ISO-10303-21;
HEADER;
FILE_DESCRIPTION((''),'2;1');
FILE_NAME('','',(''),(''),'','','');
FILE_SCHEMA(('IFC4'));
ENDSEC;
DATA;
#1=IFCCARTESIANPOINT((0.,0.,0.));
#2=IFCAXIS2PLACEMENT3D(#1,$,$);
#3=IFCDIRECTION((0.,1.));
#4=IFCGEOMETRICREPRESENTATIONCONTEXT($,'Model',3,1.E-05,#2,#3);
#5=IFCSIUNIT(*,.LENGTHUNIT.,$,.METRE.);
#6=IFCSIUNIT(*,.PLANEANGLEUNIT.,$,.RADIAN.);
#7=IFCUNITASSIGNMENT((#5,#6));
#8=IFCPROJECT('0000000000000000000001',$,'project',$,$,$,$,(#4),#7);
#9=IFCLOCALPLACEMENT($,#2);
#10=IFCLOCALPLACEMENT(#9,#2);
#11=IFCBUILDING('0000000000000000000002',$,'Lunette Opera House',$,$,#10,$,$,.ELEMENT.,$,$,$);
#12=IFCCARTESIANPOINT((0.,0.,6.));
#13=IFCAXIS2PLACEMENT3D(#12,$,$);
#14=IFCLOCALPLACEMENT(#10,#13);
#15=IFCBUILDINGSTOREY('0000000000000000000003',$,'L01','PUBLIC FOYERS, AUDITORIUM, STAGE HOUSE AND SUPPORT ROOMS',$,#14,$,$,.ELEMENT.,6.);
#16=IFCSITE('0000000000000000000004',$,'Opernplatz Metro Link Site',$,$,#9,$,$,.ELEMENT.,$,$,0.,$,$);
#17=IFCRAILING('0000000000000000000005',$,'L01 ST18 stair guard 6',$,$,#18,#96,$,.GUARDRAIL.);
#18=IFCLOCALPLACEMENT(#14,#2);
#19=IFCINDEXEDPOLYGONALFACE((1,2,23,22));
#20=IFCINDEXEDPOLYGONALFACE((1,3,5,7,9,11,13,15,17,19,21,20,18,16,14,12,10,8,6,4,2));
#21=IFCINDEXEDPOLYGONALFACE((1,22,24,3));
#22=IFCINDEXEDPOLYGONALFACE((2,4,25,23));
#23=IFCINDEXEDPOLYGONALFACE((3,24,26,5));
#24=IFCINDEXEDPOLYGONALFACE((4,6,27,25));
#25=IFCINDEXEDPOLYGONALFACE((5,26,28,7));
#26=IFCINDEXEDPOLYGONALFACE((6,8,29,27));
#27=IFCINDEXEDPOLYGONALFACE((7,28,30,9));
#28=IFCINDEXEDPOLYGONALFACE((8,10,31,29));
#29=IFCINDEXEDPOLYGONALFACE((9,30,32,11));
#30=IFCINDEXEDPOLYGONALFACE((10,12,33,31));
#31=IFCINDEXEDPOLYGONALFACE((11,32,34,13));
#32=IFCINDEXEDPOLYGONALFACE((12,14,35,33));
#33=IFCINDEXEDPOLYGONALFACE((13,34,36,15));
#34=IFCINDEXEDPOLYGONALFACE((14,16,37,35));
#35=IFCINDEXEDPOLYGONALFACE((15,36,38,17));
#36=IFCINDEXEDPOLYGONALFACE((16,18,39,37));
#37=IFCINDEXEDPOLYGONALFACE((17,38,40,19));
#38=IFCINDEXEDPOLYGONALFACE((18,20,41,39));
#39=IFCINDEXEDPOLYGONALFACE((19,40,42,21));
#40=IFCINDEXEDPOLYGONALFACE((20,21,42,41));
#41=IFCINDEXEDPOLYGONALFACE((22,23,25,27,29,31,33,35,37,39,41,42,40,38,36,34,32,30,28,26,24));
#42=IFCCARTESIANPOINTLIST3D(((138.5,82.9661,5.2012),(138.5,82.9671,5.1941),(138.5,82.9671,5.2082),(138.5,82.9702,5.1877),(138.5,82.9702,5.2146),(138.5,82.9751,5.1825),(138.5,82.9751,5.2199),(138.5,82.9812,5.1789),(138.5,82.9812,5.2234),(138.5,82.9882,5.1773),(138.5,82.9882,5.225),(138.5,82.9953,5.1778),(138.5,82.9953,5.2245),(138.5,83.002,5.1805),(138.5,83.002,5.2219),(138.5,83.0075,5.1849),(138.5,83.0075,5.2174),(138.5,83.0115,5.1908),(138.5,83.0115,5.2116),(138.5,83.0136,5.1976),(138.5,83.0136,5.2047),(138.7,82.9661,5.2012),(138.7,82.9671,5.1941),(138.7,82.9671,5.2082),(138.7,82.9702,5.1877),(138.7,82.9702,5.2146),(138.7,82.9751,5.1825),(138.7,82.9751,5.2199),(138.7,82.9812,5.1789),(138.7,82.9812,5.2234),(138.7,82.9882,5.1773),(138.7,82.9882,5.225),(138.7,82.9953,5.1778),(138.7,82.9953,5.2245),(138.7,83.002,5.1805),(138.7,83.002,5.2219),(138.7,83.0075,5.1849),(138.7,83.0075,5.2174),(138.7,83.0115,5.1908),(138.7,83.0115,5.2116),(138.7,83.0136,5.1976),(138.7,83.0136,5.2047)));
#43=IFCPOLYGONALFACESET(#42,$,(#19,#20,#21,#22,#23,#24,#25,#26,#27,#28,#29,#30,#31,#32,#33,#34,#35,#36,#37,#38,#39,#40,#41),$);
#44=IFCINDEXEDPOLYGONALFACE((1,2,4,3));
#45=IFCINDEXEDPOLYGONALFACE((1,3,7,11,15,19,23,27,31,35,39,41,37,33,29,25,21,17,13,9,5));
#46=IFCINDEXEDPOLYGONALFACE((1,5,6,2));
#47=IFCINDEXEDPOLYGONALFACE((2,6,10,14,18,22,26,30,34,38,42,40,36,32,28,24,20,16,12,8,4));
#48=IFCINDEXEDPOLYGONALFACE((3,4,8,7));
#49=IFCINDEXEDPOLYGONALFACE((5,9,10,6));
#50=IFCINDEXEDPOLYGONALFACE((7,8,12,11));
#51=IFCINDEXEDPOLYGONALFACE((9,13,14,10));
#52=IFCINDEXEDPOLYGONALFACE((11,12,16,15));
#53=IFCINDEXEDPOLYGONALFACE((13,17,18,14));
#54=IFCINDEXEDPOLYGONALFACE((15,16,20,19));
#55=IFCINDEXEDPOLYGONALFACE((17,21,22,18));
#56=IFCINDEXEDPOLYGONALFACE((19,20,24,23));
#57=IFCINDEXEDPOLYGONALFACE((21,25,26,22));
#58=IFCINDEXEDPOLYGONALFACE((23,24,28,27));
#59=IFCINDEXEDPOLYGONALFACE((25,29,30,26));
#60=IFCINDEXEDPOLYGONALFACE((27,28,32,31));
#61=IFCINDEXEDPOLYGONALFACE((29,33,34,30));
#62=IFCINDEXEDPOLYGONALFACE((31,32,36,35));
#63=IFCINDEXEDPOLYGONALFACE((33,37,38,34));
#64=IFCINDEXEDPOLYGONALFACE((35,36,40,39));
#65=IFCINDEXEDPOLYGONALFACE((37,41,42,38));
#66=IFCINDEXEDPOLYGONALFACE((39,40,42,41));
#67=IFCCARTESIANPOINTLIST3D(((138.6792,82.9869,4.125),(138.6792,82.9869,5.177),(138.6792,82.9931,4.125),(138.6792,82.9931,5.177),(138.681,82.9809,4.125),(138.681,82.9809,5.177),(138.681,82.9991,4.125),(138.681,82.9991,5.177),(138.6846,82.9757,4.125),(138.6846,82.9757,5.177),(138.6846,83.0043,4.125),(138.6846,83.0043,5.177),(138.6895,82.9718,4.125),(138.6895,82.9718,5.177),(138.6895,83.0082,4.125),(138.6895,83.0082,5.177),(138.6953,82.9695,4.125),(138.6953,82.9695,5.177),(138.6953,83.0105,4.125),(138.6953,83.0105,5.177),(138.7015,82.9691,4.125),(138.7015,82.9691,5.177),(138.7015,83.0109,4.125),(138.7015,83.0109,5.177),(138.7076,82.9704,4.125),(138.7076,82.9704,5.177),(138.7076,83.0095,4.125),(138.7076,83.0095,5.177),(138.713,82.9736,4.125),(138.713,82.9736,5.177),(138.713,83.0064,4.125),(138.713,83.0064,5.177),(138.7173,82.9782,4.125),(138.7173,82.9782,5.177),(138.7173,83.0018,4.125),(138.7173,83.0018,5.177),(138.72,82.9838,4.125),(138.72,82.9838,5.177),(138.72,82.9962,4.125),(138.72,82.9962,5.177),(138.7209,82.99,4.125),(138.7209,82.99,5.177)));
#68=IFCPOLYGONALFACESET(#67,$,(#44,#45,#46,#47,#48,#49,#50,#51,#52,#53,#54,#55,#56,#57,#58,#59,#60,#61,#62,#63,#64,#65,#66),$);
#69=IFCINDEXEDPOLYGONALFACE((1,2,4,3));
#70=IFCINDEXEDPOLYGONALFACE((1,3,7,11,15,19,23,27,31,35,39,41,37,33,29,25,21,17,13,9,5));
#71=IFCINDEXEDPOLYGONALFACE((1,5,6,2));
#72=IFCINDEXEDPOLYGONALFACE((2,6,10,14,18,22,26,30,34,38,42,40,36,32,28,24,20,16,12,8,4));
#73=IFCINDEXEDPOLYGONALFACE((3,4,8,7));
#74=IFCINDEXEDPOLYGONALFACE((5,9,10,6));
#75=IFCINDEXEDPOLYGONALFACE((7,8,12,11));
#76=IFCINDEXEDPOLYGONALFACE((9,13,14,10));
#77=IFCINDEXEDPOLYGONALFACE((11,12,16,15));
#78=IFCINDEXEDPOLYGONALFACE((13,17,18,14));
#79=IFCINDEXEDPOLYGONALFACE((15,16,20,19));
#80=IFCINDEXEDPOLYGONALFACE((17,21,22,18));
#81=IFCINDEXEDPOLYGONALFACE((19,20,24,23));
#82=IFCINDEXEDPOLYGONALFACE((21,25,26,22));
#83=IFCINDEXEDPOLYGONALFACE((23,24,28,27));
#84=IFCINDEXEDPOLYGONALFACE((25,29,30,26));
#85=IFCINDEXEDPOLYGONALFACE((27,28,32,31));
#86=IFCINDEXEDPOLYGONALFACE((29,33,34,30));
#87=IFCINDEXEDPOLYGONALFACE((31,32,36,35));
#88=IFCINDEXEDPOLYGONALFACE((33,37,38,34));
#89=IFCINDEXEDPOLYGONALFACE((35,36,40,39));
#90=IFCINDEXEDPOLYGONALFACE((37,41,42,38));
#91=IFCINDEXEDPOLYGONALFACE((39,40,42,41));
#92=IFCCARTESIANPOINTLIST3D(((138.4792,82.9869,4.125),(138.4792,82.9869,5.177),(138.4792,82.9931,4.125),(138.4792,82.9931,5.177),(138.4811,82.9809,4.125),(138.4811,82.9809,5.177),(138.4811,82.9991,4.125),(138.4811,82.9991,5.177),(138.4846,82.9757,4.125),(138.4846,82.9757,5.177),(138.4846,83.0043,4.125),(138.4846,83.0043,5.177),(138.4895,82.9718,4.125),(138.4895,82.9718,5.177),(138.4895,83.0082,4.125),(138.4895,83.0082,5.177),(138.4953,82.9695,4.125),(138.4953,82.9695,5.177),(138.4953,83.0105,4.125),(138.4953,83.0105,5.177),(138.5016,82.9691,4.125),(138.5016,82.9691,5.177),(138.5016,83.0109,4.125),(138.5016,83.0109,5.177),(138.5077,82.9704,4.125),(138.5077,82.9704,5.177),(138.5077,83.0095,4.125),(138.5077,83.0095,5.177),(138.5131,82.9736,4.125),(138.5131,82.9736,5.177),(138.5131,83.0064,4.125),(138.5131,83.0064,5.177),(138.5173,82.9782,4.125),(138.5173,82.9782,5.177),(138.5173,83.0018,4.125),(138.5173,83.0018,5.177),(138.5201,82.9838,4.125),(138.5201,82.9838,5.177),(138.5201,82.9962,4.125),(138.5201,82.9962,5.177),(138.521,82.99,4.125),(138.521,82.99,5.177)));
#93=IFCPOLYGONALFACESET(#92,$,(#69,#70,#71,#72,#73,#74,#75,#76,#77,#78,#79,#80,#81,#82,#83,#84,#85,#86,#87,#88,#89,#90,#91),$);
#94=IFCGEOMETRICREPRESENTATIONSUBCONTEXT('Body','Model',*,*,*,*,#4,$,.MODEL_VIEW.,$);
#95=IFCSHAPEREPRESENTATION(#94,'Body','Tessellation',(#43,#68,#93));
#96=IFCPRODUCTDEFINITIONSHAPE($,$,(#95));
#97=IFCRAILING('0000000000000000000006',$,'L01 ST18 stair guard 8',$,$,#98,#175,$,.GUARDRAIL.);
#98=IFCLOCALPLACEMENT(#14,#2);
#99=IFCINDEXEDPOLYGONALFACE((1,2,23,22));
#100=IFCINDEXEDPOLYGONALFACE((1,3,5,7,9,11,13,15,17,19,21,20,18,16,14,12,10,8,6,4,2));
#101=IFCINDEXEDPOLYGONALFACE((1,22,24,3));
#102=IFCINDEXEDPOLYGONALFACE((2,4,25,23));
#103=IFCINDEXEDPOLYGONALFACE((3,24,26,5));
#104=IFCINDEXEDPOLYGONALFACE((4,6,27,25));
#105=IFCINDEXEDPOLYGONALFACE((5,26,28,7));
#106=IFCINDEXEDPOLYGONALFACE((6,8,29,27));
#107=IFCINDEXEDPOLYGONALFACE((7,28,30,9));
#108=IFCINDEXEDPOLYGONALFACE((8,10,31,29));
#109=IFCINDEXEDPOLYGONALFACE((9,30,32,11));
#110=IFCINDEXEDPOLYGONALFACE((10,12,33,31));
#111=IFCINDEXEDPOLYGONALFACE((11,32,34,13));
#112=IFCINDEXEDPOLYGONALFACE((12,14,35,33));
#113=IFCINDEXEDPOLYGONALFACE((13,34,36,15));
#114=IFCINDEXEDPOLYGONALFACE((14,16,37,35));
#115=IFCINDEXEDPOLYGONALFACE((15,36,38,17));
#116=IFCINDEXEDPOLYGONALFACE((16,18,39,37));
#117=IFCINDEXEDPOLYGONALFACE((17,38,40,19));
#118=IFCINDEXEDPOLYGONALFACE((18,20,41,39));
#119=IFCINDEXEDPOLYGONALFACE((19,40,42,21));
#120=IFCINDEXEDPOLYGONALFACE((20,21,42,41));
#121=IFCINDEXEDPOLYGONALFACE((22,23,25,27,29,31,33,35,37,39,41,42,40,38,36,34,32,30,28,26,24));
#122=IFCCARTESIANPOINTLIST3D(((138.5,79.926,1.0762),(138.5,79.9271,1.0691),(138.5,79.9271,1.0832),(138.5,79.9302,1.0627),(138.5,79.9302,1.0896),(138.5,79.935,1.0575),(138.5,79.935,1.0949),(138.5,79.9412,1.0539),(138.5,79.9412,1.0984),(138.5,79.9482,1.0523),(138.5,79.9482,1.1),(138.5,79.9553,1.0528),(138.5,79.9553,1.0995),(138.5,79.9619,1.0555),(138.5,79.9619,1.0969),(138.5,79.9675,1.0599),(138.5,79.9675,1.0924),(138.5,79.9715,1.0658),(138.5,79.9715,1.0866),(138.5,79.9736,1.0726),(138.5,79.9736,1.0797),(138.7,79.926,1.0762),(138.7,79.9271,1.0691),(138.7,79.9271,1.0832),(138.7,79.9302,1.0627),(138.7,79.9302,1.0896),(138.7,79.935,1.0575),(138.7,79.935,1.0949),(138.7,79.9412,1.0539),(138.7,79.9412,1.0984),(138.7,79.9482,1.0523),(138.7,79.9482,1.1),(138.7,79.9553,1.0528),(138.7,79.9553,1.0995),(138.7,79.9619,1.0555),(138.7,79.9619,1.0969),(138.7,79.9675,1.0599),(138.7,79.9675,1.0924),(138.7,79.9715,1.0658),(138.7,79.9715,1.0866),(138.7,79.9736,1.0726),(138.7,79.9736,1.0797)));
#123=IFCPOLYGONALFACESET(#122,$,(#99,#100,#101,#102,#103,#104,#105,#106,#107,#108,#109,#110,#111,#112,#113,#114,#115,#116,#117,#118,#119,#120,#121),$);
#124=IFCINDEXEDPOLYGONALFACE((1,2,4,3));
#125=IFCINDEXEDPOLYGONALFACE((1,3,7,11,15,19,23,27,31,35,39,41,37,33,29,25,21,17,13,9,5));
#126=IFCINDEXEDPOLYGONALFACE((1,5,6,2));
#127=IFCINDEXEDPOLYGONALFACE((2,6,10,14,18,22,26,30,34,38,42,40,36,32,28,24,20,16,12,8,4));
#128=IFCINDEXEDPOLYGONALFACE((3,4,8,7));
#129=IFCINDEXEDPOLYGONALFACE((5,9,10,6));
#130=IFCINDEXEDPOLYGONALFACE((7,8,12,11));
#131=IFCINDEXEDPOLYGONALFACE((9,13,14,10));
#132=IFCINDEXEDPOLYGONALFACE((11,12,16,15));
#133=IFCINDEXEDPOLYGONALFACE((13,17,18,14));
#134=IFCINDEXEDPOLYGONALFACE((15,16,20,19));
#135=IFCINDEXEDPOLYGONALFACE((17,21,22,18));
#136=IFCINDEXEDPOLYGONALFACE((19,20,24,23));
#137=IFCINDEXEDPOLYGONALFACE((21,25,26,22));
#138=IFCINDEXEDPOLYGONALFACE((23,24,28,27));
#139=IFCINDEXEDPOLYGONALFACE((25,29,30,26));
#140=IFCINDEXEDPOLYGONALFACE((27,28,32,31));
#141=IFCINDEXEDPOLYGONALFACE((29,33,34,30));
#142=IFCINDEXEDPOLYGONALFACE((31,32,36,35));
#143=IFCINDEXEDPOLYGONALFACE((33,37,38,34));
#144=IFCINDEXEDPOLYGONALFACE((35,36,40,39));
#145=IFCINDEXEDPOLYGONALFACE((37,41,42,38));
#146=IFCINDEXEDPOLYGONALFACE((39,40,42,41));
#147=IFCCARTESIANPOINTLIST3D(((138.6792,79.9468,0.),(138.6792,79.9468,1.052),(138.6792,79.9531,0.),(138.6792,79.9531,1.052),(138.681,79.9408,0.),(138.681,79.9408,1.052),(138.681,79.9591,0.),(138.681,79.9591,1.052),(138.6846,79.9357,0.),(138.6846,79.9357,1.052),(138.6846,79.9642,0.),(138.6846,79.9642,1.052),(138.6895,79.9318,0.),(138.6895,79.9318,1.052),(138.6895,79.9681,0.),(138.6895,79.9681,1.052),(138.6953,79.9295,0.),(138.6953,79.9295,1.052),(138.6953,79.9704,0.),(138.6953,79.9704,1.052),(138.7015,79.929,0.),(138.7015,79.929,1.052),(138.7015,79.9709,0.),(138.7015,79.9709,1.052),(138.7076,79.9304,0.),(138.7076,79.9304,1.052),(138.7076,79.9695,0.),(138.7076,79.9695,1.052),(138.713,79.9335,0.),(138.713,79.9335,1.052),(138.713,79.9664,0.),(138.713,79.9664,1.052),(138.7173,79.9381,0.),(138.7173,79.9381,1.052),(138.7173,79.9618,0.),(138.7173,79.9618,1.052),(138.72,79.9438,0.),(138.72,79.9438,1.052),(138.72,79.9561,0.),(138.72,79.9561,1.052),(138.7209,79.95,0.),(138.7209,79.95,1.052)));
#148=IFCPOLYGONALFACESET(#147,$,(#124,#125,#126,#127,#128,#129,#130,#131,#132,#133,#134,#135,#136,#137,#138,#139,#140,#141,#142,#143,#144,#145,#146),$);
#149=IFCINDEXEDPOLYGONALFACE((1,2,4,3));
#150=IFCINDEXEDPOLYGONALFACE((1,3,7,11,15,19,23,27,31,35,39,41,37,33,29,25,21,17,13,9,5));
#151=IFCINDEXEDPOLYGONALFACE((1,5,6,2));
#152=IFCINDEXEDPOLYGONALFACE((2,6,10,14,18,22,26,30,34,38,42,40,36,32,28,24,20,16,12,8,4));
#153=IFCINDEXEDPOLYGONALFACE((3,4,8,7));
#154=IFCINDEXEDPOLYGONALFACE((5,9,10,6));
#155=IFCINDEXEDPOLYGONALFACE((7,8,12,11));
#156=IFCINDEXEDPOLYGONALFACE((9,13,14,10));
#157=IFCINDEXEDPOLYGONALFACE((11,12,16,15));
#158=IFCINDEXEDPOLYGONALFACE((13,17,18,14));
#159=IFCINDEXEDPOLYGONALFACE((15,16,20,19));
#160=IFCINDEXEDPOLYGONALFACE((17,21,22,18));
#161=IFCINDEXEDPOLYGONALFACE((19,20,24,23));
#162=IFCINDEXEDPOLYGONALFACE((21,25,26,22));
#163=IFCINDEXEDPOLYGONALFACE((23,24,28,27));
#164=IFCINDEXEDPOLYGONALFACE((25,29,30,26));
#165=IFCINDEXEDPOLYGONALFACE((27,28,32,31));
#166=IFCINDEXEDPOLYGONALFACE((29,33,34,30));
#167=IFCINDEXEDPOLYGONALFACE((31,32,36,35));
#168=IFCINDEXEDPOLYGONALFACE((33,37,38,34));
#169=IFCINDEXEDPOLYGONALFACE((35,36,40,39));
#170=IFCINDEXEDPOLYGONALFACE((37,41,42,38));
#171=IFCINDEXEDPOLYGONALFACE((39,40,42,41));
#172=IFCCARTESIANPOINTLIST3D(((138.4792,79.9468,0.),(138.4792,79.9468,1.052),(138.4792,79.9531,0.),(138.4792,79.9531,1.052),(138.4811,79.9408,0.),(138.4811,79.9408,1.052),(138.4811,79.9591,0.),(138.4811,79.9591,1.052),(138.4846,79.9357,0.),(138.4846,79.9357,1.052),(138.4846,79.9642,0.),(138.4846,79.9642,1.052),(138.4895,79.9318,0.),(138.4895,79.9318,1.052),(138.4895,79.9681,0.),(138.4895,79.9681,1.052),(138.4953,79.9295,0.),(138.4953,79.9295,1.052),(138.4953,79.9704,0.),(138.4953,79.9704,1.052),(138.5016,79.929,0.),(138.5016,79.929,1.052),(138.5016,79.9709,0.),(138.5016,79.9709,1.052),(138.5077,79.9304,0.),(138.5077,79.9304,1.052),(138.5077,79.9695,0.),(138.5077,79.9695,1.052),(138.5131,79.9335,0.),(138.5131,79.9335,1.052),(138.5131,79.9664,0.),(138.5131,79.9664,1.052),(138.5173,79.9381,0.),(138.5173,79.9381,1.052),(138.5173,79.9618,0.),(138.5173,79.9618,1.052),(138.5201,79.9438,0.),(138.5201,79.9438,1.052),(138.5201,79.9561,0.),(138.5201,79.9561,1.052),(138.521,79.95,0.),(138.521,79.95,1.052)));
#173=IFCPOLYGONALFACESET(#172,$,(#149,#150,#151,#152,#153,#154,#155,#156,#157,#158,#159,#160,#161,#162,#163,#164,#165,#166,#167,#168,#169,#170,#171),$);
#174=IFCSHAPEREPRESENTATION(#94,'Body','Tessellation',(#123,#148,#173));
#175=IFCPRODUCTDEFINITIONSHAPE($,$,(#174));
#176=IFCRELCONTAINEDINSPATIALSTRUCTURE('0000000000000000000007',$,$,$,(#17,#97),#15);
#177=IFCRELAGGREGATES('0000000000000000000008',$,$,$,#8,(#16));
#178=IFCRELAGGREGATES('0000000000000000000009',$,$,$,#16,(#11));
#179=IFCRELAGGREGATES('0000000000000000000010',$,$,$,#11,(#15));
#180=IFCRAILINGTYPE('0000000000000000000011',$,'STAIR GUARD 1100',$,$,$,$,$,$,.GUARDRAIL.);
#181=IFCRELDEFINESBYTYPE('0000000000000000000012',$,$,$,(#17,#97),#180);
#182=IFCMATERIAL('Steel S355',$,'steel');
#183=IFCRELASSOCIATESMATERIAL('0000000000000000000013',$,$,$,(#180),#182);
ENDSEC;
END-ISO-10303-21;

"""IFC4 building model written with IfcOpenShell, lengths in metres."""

from ifc_helpers import new_model, si_unit, direction, frame, origin, origin_2d, place, context, subcontext, project, spatial, circle, extrude, material, type_object, element, save


model = new_model("IFC4")

# Units and contexts
model_context = context("Model", 3, precision=1e-05, world=origin(), true_north=direction((0.0, 1.0)))
body_context = subcontext(model_context, "Body", "Model", "MODEL_VIEW")
ifc_project = project(units=[si_unit("LENGTHUNIT", "METRE"), si_unit("PLANEANGLEUNIT", "RADIAN")], contexts=[model_context])

# Site, building, storey
site_placement = place(None, origin())
site = spatial("IfcSite", under=ifc_project, at=site_placement, Name="Opernplatz Metro Link Site", CompositionType="ELEMENT", RefElevation=0.0)
building_placement = place(site_placement, origin())
building = spatial("IfcBuilding", under=site, at=building_placement, Name="Lunette Opera House", CompositionType="ELEMENT")
storey_placement = place(building_placement, frame((0.0, 0.0, 6.0)))
storey = spatial("IfcBuildingStorey", under=building, at=storey_placement, Name="L01", Description="PUBLIC FOYERS, AUDITORIUM, STAGE HOUSE AND SUPPORT ROOMS", CompositionType="ELEMENT", Elevation=6.0)

# Railings
ifc_material_1 = material(Name="Steel S355", Category="steel")
railing_type_1 = type_object("IfcRailingType", Name="STAIR GUARD 1100", PredefinedType="GUARDRAIL", material=ifc_material_1)
for number, where, name in (
    (1, (138.7, 82.99, 4.125), "L01 ST18 stair guard 6"),
    (2, (138.7, 79.95, 0.0), "L01 ST18 stair guard 8"),
):
    element("IfcRailing", number, at=place(storey_placement, frame(where)), inside=storey, type_object=railing_type_1, Name=name, PredefinedType="GUARDRAIL", context=body_context, shape_type="SweptSolid", body=[
        extrude(circle(Radius=0.0239, at=origin_2d()), frame((0.0, 0.0, 1.0762), z_axis=(-1.0, 0.0, 0.0), x_axis=(0.0, -1.0, 0.0)), (0.0, 0.0, 1.0), 0.2),
        extrude(circle(Radius=0.021, at=origin_2d()), origin(), (0.0, 0.0, 1.0), 1.052),
        extrude(circle(Radius=0.021, at=origin_2d()), frame((-0.2, 0.0, 0.0)), (0.0, 0.0, 1.0), 1.052),
    ])

save(model, "model.ifc")
